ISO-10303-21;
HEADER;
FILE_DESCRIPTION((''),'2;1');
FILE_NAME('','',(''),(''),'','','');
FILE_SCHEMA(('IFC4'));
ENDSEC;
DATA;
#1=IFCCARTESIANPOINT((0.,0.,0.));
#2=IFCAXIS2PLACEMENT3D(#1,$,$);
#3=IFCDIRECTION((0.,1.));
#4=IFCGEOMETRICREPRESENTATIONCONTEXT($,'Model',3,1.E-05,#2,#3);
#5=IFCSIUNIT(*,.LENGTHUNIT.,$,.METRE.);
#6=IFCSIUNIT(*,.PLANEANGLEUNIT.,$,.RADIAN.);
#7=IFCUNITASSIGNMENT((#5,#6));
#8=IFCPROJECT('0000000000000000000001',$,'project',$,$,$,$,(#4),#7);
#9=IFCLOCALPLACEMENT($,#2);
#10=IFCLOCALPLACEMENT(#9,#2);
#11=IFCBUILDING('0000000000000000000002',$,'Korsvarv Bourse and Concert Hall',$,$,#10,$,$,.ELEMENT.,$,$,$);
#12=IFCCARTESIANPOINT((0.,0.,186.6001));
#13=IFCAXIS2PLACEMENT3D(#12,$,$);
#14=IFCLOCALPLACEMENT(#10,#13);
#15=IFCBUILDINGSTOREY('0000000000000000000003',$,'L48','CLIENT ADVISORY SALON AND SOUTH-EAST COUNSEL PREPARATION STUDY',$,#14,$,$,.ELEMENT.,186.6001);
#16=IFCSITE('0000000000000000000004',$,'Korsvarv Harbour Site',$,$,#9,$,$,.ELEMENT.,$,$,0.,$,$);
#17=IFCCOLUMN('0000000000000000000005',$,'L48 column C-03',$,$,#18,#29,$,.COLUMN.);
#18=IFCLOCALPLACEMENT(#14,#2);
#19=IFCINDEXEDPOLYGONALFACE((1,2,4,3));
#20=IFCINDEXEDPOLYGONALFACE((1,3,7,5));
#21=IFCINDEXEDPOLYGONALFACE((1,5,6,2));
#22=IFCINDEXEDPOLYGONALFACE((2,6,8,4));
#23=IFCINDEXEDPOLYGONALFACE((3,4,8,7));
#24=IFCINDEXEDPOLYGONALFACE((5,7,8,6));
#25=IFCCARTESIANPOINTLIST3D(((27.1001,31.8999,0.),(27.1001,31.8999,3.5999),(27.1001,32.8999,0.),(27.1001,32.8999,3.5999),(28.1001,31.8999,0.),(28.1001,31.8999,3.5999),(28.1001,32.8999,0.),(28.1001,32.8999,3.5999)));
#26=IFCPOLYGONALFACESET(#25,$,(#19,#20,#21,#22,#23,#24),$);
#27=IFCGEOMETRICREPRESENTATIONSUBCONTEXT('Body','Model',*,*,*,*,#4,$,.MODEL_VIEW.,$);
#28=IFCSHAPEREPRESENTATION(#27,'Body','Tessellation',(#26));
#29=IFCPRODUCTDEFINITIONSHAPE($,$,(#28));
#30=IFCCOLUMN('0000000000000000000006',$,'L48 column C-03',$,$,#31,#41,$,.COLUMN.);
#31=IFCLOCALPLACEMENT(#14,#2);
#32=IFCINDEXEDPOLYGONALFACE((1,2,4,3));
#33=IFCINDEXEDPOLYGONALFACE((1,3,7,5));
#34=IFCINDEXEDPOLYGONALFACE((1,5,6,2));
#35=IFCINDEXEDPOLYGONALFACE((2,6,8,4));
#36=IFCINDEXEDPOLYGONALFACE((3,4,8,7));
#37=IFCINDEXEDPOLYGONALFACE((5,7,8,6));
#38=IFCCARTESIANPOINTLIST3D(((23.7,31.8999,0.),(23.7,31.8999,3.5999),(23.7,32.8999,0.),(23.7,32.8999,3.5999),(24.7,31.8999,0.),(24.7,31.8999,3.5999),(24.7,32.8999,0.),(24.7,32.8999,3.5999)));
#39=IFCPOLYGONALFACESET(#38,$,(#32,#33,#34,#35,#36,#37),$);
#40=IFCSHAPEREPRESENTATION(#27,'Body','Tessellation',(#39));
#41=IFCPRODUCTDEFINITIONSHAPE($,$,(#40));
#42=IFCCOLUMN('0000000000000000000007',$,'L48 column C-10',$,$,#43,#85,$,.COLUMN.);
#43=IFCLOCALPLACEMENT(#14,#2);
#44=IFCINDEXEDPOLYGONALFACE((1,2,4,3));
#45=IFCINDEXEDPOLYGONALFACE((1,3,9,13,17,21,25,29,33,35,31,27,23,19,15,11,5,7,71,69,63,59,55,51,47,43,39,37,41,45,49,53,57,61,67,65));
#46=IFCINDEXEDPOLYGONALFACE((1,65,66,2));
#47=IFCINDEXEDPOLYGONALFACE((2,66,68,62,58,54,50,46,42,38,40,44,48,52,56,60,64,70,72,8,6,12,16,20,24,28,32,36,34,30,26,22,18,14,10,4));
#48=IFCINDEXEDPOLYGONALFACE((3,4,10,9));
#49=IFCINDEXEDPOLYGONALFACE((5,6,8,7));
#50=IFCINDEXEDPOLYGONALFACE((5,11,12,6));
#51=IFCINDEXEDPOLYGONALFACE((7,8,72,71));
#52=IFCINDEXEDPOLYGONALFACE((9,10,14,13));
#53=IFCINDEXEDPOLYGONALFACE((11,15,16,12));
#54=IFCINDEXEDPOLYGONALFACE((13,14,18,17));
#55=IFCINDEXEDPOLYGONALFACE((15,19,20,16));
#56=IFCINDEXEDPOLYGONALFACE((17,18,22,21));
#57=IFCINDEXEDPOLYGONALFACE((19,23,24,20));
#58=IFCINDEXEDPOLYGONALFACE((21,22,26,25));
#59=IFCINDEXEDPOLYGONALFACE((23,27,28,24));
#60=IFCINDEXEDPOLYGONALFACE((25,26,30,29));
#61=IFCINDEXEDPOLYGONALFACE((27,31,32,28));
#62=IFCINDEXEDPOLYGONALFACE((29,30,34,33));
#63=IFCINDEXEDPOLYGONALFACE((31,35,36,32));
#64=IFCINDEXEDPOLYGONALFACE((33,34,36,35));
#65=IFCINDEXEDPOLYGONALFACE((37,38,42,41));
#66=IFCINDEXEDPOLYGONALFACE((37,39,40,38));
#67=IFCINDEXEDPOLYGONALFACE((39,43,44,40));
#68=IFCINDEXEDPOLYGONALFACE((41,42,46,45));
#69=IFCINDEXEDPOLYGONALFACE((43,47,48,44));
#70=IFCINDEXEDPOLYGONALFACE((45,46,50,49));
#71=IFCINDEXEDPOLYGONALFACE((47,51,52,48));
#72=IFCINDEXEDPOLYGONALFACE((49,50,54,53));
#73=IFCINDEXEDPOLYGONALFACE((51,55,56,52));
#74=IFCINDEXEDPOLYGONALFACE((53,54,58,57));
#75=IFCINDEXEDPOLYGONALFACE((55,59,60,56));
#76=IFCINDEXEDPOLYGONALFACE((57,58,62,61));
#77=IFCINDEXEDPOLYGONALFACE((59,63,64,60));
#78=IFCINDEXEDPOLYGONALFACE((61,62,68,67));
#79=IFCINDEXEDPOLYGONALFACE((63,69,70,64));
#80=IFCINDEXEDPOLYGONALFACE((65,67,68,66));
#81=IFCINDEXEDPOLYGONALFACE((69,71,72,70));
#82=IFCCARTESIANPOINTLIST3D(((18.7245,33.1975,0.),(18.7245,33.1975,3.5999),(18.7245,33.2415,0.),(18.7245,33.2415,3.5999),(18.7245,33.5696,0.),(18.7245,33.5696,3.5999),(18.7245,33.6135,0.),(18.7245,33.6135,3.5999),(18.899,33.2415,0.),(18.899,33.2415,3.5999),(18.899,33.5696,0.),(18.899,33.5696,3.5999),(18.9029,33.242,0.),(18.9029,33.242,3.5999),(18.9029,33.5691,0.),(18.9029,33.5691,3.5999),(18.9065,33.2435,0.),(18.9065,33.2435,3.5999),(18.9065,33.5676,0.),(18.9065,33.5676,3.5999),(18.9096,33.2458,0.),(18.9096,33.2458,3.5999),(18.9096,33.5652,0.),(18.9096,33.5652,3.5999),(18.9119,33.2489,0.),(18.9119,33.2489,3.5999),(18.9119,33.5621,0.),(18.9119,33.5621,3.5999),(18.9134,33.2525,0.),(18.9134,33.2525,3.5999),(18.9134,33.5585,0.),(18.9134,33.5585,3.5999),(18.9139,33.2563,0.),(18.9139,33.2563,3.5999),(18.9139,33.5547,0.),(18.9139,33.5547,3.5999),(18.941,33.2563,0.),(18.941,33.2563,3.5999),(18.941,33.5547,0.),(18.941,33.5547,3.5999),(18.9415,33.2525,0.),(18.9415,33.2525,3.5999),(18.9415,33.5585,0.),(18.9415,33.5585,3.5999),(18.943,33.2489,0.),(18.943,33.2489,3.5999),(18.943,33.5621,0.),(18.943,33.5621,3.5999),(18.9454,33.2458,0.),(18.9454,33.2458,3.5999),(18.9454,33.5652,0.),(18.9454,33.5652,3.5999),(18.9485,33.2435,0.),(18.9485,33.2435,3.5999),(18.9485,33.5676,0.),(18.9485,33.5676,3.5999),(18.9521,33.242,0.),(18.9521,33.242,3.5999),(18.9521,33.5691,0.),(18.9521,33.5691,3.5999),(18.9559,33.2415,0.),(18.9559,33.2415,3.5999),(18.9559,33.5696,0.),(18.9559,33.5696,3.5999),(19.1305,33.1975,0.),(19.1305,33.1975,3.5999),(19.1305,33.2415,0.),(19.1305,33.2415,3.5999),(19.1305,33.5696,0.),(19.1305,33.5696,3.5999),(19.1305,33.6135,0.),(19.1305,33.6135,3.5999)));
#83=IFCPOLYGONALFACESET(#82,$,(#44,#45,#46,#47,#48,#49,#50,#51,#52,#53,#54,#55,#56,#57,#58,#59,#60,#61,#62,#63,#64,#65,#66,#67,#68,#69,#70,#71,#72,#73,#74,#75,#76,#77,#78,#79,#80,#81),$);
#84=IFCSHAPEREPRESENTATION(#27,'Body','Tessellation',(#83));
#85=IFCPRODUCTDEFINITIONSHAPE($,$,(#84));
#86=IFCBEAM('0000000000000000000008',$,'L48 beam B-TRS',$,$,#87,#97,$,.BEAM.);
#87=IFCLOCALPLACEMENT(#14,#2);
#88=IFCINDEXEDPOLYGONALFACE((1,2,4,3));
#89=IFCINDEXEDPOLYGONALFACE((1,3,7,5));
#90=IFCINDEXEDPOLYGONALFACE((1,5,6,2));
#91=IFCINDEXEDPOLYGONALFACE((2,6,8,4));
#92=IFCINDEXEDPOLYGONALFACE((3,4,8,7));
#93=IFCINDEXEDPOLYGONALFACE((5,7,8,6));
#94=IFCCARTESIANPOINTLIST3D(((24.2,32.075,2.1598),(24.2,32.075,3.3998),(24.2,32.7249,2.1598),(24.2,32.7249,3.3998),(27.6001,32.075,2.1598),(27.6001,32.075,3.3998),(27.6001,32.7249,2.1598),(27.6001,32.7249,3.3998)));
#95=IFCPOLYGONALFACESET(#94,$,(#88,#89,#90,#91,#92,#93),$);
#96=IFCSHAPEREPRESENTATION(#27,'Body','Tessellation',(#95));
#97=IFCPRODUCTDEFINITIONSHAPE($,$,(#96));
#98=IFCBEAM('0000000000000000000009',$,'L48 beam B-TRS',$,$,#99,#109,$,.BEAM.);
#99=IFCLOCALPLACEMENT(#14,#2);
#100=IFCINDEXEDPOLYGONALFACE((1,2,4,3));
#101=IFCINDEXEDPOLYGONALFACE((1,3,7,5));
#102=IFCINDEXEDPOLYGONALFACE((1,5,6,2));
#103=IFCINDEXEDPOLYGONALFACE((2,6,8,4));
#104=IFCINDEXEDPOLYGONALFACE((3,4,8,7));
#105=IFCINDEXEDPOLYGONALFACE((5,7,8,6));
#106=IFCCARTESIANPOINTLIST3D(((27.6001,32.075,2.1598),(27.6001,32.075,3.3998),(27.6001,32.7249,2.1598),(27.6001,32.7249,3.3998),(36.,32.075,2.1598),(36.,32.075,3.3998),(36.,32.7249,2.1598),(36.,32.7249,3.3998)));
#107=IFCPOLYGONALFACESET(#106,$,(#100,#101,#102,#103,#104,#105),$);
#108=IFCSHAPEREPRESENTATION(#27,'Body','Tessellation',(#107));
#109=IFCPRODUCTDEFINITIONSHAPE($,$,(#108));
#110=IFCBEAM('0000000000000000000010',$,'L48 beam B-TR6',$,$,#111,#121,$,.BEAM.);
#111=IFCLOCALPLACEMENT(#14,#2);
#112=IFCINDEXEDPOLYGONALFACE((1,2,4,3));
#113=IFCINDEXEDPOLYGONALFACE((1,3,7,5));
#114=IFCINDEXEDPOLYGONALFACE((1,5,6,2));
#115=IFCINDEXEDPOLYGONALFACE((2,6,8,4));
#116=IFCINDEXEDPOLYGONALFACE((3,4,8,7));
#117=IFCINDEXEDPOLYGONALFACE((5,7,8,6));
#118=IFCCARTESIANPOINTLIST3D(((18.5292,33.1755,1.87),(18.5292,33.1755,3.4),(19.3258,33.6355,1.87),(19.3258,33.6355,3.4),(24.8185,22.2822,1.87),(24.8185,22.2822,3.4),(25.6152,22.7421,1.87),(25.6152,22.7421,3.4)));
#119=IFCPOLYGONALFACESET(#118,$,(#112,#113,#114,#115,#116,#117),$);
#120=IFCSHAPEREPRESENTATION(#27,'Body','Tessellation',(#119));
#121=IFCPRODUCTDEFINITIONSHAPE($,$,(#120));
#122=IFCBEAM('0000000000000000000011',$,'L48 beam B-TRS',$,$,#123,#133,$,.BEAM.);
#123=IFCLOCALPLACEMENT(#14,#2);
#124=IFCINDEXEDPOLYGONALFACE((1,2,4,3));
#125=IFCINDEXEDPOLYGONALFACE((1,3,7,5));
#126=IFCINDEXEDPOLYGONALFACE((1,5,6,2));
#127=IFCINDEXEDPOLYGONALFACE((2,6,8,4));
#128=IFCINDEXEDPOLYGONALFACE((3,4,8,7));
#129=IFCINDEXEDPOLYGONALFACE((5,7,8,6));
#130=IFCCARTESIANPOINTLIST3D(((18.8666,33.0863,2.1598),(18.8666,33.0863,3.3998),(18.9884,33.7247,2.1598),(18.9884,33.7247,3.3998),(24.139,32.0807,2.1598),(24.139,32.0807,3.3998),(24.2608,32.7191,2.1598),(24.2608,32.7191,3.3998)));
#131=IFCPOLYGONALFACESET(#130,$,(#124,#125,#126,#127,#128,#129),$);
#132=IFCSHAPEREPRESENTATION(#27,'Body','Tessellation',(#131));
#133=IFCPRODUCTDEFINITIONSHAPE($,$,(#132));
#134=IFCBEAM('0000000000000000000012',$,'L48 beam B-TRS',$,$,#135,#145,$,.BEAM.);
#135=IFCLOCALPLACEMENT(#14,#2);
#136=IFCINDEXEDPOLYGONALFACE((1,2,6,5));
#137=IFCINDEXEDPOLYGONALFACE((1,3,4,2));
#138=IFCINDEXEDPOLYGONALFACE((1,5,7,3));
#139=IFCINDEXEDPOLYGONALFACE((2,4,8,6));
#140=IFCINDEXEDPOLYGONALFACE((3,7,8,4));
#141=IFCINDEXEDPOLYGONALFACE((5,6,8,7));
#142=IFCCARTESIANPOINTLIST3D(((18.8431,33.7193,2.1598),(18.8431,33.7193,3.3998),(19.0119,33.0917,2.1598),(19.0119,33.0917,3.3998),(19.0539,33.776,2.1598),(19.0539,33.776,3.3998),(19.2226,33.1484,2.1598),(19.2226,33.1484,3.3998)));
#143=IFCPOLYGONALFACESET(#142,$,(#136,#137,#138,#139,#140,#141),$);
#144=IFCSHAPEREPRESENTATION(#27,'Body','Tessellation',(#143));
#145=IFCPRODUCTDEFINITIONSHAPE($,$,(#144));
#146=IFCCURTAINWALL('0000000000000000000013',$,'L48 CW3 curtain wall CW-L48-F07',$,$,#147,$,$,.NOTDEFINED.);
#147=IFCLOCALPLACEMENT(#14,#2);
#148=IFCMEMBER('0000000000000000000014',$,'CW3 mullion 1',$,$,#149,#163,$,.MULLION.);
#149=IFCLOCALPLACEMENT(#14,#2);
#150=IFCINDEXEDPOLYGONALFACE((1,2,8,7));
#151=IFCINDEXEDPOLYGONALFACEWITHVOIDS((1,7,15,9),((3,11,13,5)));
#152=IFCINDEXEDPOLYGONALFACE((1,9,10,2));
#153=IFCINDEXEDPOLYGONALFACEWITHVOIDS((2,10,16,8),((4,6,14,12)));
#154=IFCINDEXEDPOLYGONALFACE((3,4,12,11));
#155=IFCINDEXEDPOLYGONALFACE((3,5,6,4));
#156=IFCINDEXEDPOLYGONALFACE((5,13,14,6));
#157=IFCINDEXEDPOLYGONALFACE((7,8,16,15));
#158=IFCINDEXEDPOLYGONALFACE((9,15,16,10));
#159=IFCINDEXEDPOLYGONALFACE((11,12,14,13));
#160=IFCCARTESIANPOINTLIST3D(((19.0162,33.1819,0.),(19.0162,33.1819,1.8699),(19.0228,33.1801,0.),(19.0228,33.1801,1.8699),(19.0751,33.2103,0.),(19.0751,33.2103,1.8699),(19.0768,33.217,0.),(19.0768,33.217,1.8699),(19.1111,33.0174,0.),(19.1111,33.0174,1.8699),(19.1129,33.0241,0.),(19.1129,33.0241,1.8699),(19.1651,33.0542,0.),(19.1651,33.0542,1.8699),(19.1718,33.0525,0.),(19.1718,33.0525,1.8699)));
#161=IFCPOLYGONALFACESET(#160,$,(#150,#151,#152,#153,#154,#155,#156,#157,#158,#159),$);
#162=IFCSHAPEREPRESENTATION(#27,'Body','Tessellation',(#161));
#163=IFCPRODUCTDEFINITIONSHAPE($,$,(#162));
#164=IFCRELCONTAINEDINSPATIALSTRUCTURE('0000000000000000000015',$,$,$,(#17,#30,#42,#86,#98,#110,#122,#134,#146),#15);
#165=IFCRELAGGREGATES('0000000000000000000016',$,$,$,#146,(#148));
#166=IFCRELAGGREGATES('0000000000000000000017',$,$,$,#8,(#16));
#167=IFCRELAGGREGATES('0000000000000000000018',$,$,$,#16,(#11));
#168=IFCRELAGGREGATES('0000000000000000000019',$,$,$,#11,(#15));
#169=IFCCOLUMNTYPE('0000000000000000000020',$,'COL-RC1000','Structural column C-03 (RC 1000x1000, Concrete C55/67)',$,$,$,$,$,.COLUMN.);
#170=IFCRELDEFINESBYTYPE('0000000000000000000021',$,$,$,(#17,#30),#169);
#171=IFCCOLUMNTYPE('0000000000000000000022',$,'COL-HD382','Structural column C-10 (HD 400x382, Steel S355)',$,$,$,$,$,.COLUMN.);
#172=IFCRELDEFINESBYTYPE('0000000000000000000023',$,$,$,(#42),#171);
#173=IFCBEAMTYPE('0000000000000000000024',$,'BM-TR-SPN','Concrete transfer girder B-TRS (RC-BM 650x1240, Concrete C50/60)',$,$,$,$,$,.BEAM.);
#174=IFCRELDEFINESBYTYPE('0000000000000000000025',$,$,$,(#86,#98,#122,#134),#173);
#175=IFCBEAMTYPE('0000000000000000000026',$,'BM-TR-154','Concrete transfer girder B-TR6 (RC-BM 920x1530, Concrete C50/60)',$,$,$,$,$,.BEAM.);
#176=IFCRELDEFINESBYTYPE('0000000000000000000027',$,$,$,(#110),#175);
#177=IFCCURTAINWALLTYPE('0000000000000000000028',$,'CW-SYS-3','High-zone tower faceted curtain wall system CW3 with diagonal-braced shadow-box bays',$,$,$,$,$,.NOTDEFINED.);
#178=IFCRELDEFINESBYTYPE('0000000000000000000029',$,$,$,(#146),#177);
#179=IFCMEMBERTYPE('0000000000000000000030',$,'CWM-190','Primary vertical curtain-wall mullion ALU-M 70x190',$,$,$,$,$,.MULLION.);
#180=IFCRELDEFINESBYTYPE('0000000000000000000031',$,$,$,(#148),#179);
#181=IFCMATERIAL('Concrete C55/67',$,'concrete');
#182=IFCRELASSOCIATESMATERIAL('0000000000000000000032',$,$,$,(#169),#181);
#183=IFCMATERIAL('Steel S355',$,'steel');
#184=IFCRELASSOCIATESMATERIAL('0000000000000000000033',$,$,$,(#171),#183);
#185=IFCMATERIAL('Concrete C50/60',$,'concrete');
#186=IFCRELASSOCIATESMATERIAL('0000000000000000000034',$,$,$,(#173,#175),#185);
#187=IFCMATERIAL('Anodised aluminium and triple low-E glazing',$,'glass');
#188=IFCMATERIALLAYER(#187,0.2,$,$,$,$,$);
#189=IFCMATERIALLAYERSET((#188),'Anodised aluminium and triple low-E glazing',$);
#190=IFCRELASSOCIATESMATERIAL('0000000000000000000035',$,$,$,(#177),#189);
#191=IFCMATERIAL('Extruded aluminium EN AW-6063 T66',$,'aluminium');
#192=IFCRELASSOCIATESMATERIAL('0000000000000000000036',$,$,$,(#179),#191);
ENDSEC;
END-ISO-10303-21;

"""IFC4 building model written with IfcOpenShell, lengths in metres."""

from ifc_helpers import new_model, si_unit, direction, frame, origin, origin_2d, place, context, subcontext, project, spatial, rectangle, hollow_rectangle, i_section, extrude, source, transform, mapped, material, layer, layer_set, material_profile, profile_set, type_object, element, aggregate, save


model = new_model("IFC4")

# Units and contexts
model_context = context("Model", 3, precision=1e-05, world=origin(), true_north=direction((0.0, 1.0)))
body_context = subcontext(model_context, "Body", "Model", "MODEL_VIEW")
ifc_project = project(units=[si_unit("LENGTHUNIT", "METRE"), si_unit("PLANEANGLEUNIT", "RADIAN")], contexts=[model_context])

# Site, building, storey
site_placement = place(None, origin())
site = spatial("IfcSite", under=ifc_project, at=site_placement, Name="Korsvarv Harbour Site", CompositionType="ELEMENT", RefElevation=0.0)
building_placement = place(site_placement, origin())
building = spatial("IfcBuilding", under=site, at=building_placement, Name="Korsvarv Bourse and Concert Hall", CompositionType="ELEMENT")
storey_placement = place(building_placement, frame((0.0, 0.0, 186.6001)))
storey = spatial("IfcBuildingStorey", under=building, at=storey_placement, Name="L48", Description="CLIENT ADVISORY SALON AND SOUTH-EAST COUNSEL PREPARATION STUDY", CompositionType="ELEMENT", Elevation=186.6001)

# Columns
ifc_material_1 = material(Name="Concrete C55/67", Category="concrete")
ifc_material_profile_1 = material_profile(ifc_material_1, rectangle(XDim=1.0, YDim=1.0, at=origin_2d()), Name="RC 1000x1000")
ifc_profile_set_1 = profile_set([ifc_material_profile_1], Name="Concrete C55/67")
column_type_1 = type_object("IfcColumnType", Name="COL-RC1000", Description="Structural column C-03 (RC 1000x1000, Concrete C55/67)", PredefinedType="COLUMN", material=ifc_profile_set_1)
shared_shape_1 = source(origin(), body_context, "Body", "SweptSolid", [
    extrude(rectangle(XDim=1.0, YDim=1.0, at=origin_2d()), origin(), (0.0, 0.0, 1.0), 3.5999),
])
for number, where, z_axis, x_axis, name in (
    (1, (27.6001, 32.3999, 0.0), (0.0, 0.0, 1.0), (1.0, 0.0, 0.0), "L48 column C-03"),
    (2, (24.2, 32.3999, 0.0), (0.0, 0.0, 1.0), (1.0, 0.0, 0.0), "L48 column C-03"),
):
    element("IfcColumn", number, at=place(storey_placement, frame(where, z_axis=z_axis, x_axis=x_axis)), inside=storey, type_object=column_type_1, Name=name, PredefinedType="COLUMN", context=body_context, shape_type="MappedRepresentation", body=[
        mapped(shared_shape_1, transform((0.0, 0.0, 0.0), scale=1.0)),
    ])
ifc_material_2 = material(Name="Steel S355", Category="steel")
ifc_material_profile_2 = material_profile(ifc_material_2, i_section(OverallWidth=0.406, OverallDepth=0.416, WebThickness=0.0271, FlangeThickness=0.0439, FilletRadius=0.0149, at=origin_2d()), Name="HD 400x382")
ifc_profile_set_2 = profile_set([ifc_material_profile_2], Name="Steel S355")
column_type_2 = type_object("IfcColumnType", Name="COL-HD382", Description="Structural column C-10 (HD 400x382, Steel S355)", PredefinedType="COLUMN", material=ifc_profile_set_2)
shared_shape_2 = source(origin(), body_context, "Body", "SweptSolid", [
    extrude(i_section(OverallWidth=0.406, OverallDepth=0.416, WebThickness=0.0271, FlangeThickness=0.0439, FilletRadius=0.0149, at=origin_2d()), origin(), (0.0, 0.0, 1.0), 3.5999),
])
column_placement = place(storey_placement, frame((18.9275, 33.4055, 0.0), z_axis=(0.0, 0.0, 1.0), x_axis=(1.0, 0.0, 0.0)))
element("IfcColumn", 3, at=column_placement, inside=storey, type_object=column_type_2, Name="L48 column C-10", PredefinedType="COLUMN", context=body_context, shape_type="MappedRepresentation", body=[
    mapped(shared_shape_2, transform((0.0, 0.0, 0.0), scale=1.0)),
])

# Beams
ifc_material_3 = material(Name="Concrete C50/60", Category="concrete")
ifc_material_profile_3 = material_profile(ifc_material_3, rectangle(XDim=0.6499, YDim=1.24, at=origin_2d()), Name="RC-BM 650x1240")
ifc_profile_set_3 = profile_set([ifc_material_profile_3], Name="Concrete C50/60")
beam_type_1 = type_object("IfcBeamType", Name="BM-TR-SPN", Description="Concrete transfer girder B-TRS (RC-BM 650x1240, Concrete C50/60)", PredefinedType="BEAM", material=ifc_profile_set_3)
shared_shape_3 = source(origin(), body_context, "Body", "SweptSolid", [
    extrude(rectangle(XDim=0.6499, YDim=1.24, at=origin_2d()), origin(), (0.0, 0.0, 1.0), 3.4001),
])
beam_1_placement = place(storey_placement, frame((24.2, 32.3999, 2.7798), z_axis=(1.0, 0.0, 0.0), x_axis=(0.0, 1.0, 0.0)))
element("IfcBeam", 4, at=beam_1_placement, inside=storey, type_object=beam_type_1, Name="L48 beam B-TRS", PredefinedType="BEAM", context=body_context, shape_type="MappedRepresentation", body=[
    mapped(shared_shape_3, transform((0.0, 0.0, 0.0), scale=1.0)),
])
shared_shape_4 = source(origin(), body_context, "Body", "SweptSolid", [
    extrude(rectangle(XDim=0.6499, YDim=1.24, at=origin_2d()), origin(), (0.0, 0.0, 1.0), 8.3999),
])
beam_2_placement = place(storey_placement, frame((27.6001, 32.3999, 2.7798), z_axis=(1.0, 0.0, 0.0), x_axis=(0.0, 1.0, 0.0)))
element("IfcBeam", 5, at=beam_2_placement, inside=storey, type_object=beam_type_1, Name="L48 beam B-TRS", PredefinedType="BEAM", context=body_context, shape_type="MappedRepresentation", body=[
    mapped(shared_shape_4, transform((0.0, 0.0, 0.0), scale=1.0)),
])
ifc_material_profile_4 = material_profile(ifc_material_3, rectangle(XDim=0.9199, YDim=1.53, at=origin_2d()), Name="RC-BM 920x1530")
ifc_profile_set_4 = profile_set([ifc_material_profile_4], Name="Concrete C50/60")
beam_type_2 = type_object("IfcBeamType", Name="BM-TR-154", Description="Concrete transfer girder B-TR6 (RC-BM 920x1530, Concrete C50/60)", PredefinedType="BEAM", material=ifc_profile_set_4)
shared_shape_5 = source(origin(), body_context, "Body", "SweptSolid", [
    extrude(rectangle(XDim=0.9199, YDim=1.53, at=origin_2d()), origin(), (0.0, 0.0, 1.0), 12.5786),
])
beam_3_placement = place(storey_placement, frame((18.9275, 33.4055, 2.635), z_axis=(0.500003, -0.866024, 0.0), x_axis=(0.866024, 0.500003, 0.0)))
element("IfcBeam", 6, at=beam_3_placement, inside=storey, type_object=beam_type_2, Name="L48 beam B-TR6", PredefinedType="BEAM", context=body_context, shape_type="MappedRepresentation", body=[
    mapped(shared_shape_5, transform((0.0, 0.0, 0.0), scale=1.0)),
])
shared_shape_6 = source(origin(), body_context, "Body", "SweptSolid", [
    extrude(rectangle(XDim=0.6499, YDim=1.24, at=origin_2d()), origin(), (0.0, 0.0, 1.0), 5.3674),
])
beam_4_placement = place(storey_placement, frame((18.9275, 33.4055, 2.7798), z_axis=(0.982293, -0.187352, 0.0), x_axis=(0.187352, 0.982293, 0.0)))
element("IfcBeam", 7, at=beam_4_placement, inside=storey, type_object=beam_type_1, Name="L48 beam B-TRS", PredefinedType="BEAM", context=body_context, shape_type="MappedRepresentation", body=[
    mapped(shared_shape_6, transform((0.0, 0.0, 0.0), scale=1.0)),
])
shared_shape_7 = source(origin(), body_context, "Body", "SweptSolid", [
    extrude(rectangle(XDim=0.6499, YDim=1.24, at=origin_2d()), origin(), (0.0, 0.0, 1.0), 0.2183),
])
beam_5_placement = place(storey_placement, frame((18.9275, 33.4055, 2.7798), z_axis=(0.965713, 0.259612, 0.0), x_axis=(-0.259612, 0.965713, 0.0)))
element("IfcBeam", 8, at=beam_5_placement, inside=storey, type_object=beam_type_1, Name="L48 beam B-TRS", PredefinedType="BEAM", context=body_context, shape_type="MappedRepresentation", body=[
    mapped(shared_shape_7, transform((0.0, 0.0, 0.0), scale=1.0)),
])

# Curtain wall, member
ifc_material_4 = material(Name="Anodised aluminium and triple low-E glazing", Category="glass")
ifc_layer_1 = layer(ifc_material_4, 0.2)
ifc_layer_set_1 = layer_set([ifc_layer_1], Name="Anodised aluminium and triple low-E glazing")
curtain_wall_type = type_object("IfcCurtainWallType", Name="CW-SYS-3", Description="High-zone tower faceted curtain wall system CW3 with diagonal-braced shadow-box bays", PredefinedType="NOTDEFINED", material=ifc_layer_set_1)
curtain_wall_placement = place(storey_placement, origin())
curtain_wall = element("IfcCurtainWall", 9, at=curtain_wall_placement, inside=storey, type_object=curtain_wall_type, Name="L48 CW3 curtain wall CW-L48-F07", PredefinedType="NOTDEFINED")
ifc_material_5 = material(Name="Extruded aluminium EN AW-6063 T66", Category="aluminium")
ifc_material_profile_5 = material_profile(ifc_material_5, hollow_rectangle(XDim=0.0701, YDim=0.1899, WallThickness=0.0049, at=origin_2d()), Name="ALU-M 70x190")
ifc_profile_set_5 = profile_set([ifc_material_profile_5], Name="Extruded aluminium EN AW-6063 T66")
member_type_1 = type_object("IfcMemberType", Name="CWM-190", Description="Primary vertical curtain-wall mullion ALU-M 70x190", PredefinedType="MULLION", material=ifc_profile_set_5)
shared_shape_8 = source(origin(), body_context, "Body", "SweptSolid", [
    extrude(hollow_rectangle(XDim=0.0701, YDim=0.1899, WallThickness=0.0049, at=origin_2d()), origin(), (0.0, 0.0, 1.0), 1.8699),
])
member_1_placement = place(storey_placement, frame((19.094, 33.1172, 0.0), z_axis=(0.0, 0.0, 1.0), x_axis=(0.866029, 0.499994, 0.0)))
member_1 = element("IfcMember", 10, at=member_1_placement, type_object=member_type_1, Name="CW3 mullion 1", PredefinedType="MULLION", context=body_context, shape_type="MappedRepresentation", body=[
    mapped(shared_shape_8, transform((0.0, 0.0, 0.0), scale=1.0)),
])
aggregate(curtain_wall, [member_1])

save(model, "model.ifc")
